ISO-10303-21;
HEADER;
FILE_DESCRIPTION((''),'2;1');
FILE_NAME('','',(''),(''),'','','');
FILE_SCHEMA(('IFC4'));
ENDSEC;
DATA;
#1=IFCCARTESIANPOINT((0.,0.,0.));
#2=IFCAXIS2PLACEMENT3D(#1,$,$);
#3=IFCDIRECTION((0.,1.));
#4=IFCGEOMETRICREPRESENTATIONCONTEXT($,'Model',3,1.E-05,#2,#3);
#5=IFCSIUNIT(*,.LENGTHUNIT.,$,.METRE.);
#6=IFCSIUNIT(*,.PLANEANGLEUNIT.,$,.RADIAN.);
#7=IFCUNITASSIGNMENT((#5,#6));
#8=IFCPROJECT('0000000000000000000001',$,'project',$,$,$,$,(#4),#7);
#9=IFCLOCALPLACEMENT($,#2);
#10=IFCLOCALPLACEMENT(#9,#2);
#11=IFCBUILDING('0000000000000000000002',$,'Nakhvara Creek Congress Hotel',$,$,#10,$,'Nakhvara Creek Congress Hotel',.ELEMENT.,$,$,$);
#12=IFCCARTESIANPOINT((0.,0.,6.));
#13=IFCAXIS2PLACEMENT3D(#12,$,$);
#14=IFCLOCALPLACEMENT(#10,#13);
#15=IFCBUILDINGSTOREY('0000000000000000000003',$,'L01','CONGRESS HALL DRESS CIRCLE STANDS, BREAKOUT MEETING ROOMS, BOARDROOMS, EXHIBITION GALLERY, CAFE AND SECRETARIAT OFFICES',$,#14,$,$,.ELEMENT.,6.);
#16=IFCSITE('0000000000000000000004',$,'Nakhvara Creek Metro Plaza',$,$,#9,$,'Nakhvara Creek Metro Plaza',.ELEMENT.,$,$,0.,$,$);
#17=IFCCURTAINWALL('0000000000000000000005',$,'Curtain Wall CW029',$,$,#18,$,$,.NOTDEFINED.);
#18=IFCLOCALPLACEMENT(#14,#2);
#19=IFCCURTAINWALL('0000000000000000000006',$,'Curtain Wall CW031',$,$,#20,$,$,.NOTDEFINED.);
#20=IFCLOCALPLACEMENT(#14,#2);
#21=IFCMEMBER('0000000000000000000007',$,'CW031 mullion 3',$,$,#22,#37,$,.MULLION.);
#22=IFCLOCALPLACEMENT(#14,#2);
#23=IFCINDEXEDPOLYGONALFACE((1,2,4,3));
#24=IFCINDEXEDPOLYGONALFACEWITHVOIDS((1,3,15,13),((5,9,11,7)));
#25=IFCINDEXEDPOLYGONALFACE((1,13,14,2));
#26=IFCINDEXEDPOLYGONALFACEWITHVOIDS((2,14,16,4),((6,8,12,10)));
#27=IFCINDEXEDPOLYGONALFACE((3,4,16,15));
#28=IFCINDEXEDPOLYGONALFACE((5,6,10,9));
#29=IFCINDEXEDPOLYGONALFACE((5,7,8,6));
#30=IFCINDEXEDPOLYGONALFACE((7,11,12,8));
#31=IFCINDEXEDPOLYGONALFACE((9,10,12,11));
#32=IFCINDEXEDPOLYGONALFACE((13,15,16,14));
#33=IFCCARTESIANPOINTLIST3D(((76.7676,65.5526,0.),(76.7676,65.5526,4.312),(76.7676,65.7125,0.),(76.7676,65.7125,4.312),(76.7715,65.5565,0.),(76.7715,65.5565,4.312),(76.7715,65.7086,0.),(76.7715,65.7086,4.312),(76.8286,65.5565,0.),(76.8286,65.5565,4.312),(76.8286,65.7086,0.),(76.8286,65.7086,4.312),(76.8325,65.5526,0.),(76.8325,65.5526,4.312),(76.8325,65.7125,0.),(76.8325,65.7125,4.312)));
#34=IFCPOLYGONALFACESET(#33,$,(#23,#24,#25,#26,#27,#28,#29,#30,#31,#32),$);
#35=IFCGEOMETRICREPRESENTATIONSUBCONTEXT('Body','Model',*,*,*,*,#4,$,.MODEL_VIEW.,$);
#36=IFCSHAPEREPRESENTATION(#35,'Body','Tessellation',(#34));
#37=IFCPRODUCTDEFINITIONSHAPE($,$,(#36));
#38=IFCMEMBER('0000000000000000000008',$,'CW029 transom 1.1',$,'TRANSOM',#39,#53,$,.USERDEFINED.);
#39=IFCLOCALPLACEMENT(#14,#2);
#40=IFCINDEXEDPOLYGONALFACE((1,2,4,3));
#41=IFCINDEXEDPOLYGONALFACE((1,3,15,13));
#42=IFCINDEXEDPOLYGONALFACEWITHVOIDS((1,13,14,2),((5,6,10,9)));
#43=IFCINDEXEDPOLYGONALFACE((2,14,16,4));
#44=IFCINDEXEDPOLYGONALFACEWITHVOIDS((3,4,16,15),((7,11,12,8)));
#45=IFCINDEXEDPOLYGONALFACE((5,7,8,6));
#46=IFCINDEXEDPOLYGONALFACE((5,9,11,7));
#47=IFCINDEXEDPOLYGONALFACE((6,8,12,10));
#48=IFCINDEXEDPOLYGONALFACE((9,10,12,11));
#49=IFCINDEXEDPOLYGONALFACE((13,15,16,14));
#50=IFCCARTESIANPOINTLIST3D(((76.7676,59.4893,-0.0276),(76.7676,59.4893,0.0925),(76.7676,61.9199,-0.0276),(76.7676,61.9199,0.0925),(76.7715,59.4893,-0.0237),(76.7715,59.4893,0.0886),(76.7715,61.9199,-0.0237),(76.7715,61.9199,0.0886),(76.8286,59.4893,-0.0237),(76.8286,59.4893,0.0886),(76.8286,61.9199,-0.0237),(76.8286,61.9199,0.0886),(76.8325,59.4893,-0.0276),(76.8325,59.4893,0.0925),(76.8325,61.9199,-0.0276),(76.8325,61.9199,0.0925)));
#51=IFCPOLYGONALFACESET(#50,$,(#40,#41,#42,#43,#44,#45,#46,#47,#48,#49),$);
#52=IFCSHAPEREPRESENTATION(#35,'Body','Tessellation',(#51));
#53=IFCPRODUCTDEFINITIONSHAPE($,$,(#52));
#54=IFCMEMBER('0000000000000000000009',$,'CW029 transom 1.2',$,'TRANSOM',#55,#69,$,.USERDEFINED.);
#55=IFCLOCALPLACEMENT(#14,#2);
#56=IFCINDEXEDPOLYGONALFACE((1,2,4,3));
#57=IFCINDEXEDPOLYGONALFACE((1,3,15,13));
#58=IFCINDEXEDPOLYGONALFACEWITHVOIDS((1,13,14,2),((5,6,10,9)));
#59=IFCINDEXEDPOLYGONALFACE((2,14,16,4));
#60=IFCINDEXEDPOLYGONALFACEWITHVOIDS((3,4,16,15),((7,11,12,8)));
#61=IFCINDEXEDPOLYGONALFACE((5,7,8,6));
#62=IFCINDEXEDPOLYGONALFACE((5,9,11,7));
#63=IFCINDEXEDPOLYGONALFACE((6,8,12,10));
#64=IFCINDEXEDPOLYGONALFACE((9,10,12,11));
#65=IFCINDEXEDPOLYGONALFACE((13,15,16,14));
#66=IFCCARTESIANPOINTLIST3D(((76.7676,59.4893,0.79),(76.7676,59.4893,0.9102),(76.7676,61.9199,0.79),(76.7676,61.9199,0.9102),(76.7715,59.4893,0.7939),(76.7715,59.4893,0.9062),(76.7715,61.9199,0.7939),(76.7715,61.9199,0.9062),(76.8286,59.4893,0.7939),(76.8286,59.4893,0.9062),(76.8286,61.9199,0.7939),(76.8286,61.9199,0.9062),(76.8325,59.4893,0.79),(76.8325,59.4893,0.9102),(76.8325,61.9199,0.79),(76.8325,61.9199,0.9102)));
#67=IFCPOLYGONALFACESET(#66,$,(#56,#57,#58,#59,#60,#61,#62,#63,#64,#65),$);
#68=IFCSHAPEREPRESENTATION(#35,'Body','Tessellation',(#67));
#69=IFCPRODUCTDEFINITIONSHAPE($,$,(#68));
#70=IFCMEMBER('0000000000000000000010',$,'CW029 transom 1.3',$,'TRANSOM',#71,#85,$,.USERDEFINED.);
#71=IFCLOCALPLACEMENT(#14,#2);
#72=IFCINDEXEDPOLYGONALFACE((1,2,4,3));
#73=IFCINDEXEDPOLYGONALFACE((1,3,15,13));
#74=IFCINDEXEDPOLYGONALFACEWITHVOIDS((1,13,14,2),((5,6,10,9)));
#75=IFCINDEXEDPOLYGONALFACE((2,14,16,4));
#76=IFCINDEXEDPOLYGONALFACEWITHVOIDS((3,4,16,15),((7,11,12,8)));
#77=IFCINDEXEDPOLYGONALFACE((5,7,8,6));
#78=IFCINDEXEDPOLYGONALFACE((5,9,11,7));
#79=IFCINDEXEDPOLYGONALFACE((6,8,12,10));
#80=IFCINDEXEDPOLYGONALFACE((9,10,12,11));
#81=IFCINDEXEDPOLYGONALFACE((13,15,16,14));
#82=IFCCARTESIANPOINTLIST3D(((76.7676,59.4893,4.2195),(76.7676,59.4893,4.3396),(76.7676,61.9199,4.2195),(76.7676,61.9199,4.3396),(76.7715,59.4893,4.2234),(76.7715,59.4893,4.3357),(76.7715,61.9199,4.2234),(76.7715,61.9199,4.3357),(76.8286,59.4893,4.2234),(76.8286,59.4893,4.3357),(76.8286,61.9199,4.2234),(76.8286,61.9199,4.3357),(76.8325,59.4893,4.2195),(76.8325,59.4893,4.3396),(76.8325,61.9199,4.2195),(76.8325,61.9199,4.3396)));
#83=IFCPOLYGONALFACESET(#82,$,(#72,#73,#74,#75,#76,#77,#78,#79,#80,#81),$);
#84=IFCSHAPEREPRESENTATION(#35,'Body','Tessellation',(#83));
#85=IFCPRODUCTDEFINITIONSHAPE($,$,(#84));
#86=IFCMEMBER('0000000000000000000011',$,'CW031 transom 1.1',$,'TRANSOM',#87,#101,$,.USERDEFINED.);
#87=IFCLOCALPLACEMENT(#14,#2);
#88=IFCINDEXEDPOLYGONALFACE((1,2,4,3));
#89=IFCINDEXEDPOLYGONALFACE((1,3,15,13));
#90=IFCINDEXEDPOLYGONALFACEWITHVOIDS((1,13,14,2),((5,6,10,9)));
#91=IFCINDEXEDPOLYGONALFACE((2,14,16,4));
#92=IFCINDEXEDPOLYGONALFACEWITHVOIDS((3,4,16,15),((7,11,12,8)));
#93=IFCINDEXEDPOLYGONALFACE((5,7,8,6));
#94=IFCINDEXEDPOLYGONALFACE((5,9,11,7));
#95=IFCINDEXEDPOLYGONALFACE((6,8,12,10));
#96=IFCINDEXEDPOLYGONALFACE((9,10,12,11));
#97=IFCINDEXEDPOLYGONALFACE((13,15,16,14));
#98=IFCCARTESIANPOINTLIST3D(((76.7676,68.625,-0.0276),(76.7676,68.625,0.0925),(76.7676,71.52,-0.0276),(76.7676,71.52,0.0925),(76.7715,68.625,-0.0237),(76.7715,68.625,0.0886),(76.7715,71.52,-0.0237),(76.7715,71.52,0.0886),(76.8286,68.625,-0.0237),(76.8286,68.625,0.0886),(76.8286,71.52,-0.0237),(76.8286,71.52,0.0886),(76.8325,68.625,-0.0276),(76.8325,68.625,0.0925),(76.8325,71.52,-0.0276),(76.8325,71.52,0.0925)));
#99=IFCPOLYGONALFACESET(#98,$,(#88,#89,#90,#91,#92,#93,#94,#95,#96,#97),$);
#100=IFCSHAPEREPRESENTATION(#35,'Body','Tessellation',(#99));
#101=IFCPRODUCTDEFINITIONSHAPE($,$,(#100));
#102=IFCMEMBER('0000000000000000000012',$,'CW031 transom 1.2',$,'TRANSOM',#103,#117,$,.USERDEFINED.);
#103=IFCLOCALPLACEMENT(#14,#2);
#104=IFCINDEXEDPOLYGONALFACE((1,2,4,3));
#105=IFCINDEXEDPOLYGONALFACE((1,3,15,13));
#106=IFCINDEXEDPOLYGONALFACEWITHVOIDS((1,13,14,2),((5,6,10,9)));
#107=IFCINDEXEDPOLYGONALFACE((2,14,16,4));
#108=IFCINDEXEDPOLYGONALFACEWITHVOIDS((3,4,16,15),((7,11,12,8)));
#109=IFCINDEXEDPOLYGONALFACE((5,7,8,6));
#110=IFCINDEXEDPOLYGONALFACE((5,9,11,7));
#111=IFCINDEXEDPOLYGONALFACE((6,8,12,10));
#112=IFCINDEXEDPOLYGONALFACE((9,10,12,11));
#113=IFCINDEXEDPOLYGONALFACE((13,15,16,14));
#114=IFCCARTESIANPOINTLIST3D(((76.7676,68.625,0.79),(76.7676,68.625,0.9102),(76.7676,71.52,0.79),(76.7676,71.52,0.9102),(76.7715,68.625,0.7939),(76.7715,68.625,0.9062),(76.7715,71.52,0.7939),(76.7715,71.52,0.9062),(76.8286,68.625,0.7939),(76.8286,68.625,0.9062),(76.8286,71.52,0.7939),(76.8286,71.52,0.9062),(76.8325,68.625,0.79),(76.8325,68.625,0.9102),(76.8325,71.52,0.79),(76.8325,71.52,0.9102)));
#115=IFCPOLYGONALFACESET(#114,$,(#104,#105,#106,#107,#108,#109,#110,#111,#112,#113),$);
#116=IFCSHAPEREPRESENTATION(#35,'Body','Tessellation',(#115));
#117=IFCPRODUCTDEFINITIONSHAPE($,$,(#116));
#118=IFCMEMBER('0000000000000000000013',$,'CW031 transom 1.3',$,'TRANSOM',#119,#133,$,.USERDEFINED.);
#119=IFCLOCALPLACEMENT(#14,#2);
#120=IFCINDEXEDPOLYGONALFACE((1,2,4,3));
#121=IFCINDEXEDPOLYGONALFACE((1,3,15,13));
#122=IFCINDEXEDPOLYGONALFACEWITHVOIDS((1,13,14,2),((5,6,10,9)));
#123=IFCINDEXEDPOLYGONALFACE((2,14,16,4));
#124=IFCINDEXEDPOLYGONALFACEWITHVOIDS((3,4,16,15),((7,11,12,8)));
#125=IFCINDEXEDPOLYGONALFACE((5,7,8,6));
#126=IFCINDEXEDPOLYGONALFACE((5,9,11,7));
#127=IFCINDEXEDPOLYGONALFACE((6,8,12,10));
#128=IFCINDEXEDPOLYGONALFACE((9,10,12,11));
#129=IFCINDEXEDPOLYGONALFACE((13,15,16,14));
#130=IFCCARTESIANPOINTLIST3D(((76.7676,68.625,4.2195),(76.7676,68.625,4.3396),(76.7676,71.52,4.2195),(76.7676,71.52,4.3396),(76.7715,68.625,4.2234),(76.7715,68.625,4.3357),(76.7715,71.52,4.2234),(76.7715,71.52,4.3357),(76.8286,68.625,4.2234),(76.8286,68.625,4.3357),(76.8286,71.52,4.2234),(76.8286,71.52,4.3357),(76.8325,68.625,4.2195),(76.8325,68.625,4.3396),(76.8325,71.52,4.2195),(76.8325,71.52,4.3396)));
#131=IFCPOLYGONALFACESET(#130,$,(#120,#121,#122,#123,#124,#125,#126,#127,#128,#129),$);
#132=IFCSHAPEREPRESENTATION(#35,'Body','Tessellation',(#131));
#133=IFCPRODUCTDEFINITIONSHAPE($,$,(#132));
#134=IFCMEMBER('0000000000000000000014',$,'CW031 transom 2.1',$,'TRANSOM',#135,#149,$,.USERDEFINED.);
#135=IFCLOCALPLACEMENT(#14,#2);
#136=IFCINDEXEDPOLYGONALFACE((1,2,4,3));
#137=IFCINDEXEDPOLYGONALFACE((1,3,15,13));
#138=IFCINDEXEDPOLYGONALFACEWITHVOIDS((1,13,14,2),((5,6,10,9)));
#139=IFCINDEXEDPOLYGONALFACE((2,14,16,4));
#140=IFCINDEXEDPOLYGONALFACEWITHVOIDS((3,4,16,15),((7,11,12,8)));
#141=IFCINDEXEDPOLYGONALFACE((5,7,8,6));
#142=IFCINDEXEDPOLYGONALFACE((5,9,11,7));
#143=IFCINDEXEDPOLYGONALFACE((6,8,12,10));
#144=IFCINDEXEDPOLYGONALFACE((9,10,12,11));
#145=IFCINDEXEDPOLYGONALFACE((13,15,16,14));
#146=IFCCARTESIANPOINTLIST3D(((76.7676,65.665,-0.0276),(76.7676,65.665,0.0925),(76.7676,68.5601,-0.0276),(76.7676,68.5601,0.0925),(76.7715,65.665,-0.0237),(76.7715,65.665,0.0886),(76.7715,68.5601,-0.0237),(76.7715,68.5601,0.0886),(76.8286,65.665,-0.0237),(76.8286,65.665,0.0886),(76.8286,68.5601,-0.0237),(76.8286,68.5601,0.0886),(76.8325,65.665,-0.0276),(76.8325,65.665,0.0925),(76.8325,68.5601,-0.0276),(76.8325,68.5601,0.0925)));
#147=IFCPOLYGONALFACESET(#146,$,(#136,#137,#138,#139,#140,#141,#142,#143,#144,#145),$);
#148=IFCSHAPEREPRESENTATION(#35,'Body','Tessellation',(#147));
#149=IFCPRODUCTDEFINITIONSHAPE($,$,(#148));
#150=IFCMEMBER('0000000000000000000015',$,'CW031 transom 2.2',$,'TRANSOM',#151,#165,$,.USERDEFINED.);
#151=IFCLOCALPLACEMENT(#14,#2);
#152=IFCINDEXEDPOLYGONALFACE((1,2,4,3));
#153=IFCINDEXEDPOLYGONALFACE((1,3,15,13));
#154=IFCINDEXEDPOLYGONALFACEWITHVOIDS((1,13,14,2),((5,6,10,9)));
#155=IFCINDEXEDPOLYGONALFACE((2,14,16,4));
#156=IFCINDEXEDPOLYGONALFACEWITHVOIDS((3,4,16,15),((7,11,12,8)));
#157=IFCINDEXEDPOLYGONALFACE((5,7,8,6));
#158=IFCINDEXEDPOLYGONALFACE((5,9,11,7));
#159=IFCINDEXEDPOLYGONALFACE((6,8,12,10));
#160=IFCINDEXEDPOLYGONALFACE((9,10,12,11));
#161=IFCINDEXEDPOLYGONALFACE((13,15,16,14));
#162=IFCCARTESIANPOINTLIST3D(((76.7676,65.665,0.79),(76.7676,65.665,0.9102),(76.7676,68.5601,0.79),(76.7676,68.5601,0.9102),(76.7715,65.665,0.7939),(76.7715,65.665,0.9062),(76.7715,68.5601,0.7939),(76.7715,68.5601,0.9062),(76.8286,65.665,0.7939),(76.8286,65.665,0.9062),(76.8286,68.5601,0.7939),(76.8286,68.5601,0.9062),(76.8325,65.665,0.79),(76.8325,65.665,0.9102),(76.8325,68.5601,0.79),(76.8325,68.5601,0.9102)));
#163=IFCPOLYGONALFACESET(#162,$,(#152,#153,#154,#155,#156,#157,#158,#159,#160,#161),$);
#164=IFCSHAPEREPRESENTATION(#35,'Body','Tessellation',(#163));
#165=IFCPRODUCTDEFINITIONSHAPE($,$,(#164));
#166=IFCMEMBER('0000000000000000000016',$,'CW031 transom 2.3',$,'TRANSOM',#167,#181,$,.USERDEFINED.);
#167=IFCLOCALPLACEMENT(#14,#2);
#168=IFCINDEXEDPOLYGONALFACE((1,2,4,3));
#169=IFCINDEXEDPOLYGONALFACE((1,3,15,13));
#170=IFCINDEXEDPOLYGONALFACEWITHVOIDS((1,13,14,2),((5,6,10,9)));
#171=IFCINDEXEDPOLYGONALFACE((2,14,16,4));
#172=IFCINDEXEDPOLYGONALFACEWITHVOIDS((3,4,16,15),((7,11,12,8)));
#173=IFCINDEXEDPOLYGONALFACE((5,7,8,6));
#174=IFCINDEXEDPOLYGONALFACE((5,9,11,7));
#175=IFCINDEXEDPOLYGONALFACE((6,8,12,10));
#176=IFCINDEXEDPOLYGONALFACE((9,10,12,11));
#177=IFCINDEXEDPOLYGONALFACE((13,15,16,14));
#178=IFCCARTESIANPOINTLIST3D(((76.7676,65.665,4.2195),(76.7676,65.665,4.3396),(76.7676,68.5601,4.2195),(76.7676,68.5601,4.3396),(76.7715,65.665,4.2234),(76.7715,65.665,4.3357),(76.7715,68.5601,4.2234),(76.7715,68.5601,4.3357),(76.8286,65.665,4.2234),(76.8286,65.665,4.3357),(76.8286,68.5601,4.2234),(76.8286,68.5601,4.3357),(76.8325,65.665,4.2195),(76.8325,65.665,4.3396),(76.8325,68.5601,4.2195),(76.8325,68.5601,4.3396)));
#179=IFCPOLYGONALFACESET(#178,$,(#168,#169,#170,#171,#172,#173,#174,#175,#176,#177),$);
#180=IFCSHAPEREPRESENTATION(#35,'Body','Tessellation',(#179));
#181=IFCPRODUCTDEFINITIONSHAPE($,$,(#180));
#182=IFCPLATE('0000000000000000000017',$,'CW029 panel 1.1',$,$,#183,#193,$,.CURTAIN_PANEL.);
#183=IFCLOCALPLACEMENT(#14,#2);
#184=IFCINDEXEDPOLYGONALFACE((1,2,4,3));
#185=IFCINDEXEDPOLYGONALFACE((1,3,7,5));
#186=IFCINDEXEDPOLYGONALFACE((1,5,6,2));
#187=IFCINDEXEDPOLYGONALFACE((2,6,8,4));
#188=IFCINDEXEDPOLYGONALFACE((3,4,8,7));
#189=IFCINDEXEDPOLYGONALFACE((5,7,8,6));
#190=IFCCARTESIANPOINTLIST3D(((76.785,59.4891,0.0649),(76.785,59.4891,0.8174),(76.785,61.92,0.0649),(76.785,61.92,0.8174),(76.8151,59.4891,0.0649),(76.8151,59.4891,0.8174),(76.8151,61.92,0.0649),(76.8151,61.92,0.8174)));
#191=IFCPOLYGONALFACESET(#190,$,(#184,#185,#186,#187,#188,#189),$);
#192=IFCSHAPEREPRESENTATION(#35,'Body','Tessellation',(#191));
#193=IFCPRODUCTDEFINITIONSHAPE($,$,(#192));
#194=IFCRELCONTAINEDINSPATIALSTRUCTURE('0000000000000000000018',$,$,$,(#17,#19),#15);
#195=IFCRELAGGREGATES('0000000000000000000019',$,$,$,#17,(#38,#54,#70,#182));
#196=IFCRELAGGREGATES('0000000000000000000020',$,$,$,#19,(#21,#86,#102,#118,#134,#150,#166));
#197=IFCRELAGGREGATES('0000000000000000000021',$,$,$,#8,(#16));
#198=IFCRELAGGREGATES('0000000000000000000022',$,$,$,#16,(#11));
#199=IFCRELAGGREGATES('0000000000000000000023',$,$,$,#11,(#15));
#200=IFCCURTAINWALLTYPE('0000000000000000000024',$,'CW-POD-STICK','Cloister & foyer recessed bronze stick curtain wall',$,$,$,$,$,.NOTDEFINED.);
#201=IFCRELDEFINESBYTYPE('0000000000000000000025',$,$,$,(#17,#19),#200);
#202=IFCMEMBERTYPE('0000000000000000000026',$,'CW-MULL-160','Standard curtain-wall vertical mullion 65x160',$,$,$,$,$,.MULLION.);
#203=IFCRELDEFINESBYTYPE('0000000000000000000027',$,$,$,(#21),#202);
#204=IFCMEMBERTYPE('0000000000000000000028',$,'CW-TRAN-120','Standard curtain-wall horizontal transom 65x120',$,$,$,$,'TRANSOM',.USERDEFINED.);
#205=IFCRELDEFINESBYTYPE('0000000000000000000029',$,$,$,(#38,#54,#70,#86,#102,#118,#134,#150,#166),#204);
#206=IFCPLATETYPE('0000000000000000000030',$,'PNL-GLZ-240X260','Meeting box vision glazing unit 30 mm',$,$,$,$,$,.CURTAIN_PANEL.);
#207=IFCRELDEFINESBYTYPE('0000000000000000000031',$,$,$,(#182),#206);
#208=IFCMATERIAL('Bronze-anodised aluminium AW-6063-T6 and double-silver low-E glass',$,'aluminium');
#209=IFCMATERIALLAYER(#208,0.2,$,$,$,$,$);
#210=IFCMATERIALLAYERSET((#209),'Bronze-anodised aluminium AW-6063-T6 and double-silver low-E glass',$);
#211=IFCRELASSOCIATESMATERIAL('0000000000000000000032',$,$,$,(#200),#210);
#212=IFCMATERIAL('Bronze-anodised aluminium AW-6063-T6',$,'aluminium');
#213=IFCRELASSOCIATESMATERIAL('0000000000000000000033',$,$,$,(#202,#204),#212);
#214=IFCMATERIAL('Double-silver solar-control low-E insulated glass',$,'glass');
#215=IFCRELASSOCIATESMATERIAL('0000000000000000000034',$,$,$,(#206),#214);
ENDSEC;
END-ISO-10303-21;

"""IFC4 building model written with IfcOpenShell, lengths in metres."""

from ifc_helpers import new_model, si_unit, direction, frame, origin, origin_2d, place, context, subcontext, project, spatial, rectangle, hollow_rectangle, extrude, material, layer, layer_set, material_profile, profile_set, type_object, element, aggregate, save


model = new_model("IFC4")

# Units and contexts
model_context = context("Model", 3, precision=1e-05, world=origin(), true_north=direction((0.0, 1.0)))
body_context = subcontext(model_context, "Body", "Model", "MODEL_VIEW")
ifc_project = project(units=[si_unit("LENGTHUNIT", "METRE"), si_unit("PLANEANGLEUNIT", "RADIAN")], contexts=[model_context])

# Site, building, storey
site_placement = place(None, origin())
site = spatial("IfcSite", under=ifc_project, at=site_placement, Name="Nakhvara Creek Metro Plaza", LongName="Nakhvara Creek Metro Plaza", CompositionType="ELEMENT", RefElevation=0.0)
building_placement = place(site_placement, origin())
building = spatial("IfcBuilding", under=site, at=building_placement, Name="Nakhvara Creek Congress Hotel", LongName="Nakhvara Creek Congress Hotel", CompositionType="ELEMENT")
storey_placement = place(building_placement, frame((0.0, 0.0, 6.0)))
storey = spatial("IfcBuildingStorey", under=building, at=storey_placement, Name="L01", Description="CONGRESS HALL DRESS CIRCLE STANDS, BREAKOUT MEETING ROOMS, BOARDROOMS, EXHIBITION GALLERY, CAFE AND SECRETARIAT OFFICES", CompositionType="ELEMENT", Elevation=6.0)

# Curtain walls, member
ifc_material_1 = material(Name="Bronze-anodised aluminium AW-6063-T6 and double-silver low-E glass", Category="aluminium")
ifc_layer = layer(ifc_material_1, 0.2)
ifc_layer_set = layer_set([ifc_layer], Name="Bronze-anodised aluminium AW-6063-T6 and double-silver low-E glass")
curtain_wall_type = type_object("IfcCurtainWallType", Name="CW-POD-STICK", Description="Cloister & foyer recessed bronze stick curtain wall", PredefinedType="NOTDEFINED", material=ifc_layer_set)
curtain_wall_1_placement = place(storey_placement, origin())
curtain_wall_1 = element("IfcCurtainWall", 1, at=curtain_wall_1_placement, inside=storey, type_object=curtain_wall_type, Name="Curtain Wall CW029", PredefinedType="NOTDEFINED")
ifc_material_2 = material(Name="Bronze-anodised aluminium AW-6063-T6", Category="aluminium")
ifc_material_profile_1 = material_profile(ifc_material_2, hollow_rectangle(XDim=0.0649, YDim=0.1599, WallThickness=0.0039, at=origin_2d()), Name="ALU-MULL 65x160x4", Category="LoadBearing")
ifc_profile_set_1 = profile_set([ifc_material_profile_1], Name="Bronze-anodised aluminium AW-6063-T6")
member_type_1 = type_object("IfcMemberType", Name="CW-MULL-160", Description="Standard curtain-wall vertical mullion 65x160", PredefinedType="MULLION", material=ifc_profile_set_1)
curtain_wall_2_placement = place(storey_placement, origin())
curtain_wall_2 = element("IfcCurtainWall", 2, at=curtain_wall_2_placement, inside=storey, type_object=curtain_wall_type, Name="Curtain Wall CW031", PredefinedType="NOTDEFINED")
member_1_placement = place(storey_placement, frame((76.8, 65.6326, 0.0), z_axis=(0.0, 0.0, 1.0), x_axis=(1.0, 0.0, 0.0)))
member_1 = element("IfcMember", 3, at=member_1_placement, type_object=member_type_1, Name="CW031 mullion 3", PredefinedType="MULLION", context=body_context, shape_type="SweptSolid", body=[
    extrude(hollow_rectangle(XDim=0.0649, YDim=0.1599, WallThickness=0.0039, at=origin_2d()), origin(), (0.0, 0.0, 1.0), 4.312),
])

# Members
ifc_material_profile_2 = material_profile(ifc_material_2, hollow_rectangle(XDim=0.0649, YDim=0.1201, WallThickness=0.0039, at=origin_2d()), Name="ALU-TRAN 65x120x4", Category="LoadBearing")
ifc_profile_set_2 = profile_set([ifc_material_profile_2], Name="Bronze-anodised aluminium AW-6063-T6")
member_type_2 = type_object("IfcMemberType", Name="CW-TRAN-120", Description="Standard curtain-wall horizontal transom 65x120", ElementType="TRANSOM", PredefinedType="USERDEFINED", material=ifc_profile_set_2)
member_2_placement = place(storey_placement, frame((76.8, 61.9199, 0.0325), z_axis=(0.0, -1.0, 0.0), x_axis=(1.0, 0.0, 0.0)))
member_2 = element("IfcMember", 4, at=member_2_placement, type_object=member_type_2, Name="CW029 transom 1.1", ObjectType="TRANSOM", PredefinedType="USERDEFINED", context=body_context, shape_type="SweptSolid", body=[
    extrude(hollow_rectangle(XDim=0.0649, YDim=0.1201, WallThickness=0.0039, at=origin_2d()), origin(), (0.0, 0.0, 1.0), 2.4307),
])
member_3_placement = place(storey_placement, frame((76.8, 61.9199, 0.8501), z_axis=(0.0, -1.0, 0.0), x_axis=(1.0, 0.0, 0.0)))
member_3 = element("IfcMember", 5, at=member_3_placement, type_object=member_type_2, Name="CW029 transom 1.2", ObjectType="TRANSOM", PredefinedType="USERDEFINED", context=body_context, shape_type="SweptSolid", body=[
    extrude(hollow_rectangle(XDim=0.0649, YDim=0.1201, WallThickness=0.0039, at=origin_2d()), origin(), (0.0, 0.0, 1.0), 2.4307),
])
member_4_placement = place(storey_placement, frame((76.8, 61.9199, 4.2795), z_axis=(0.0, -1.0, 0.0), x_axis=(1.0, 0.0, 0.0)))
member_4 = element("IfcMember", 6, at=member_4_placement, type_object=member_type_2, Name="CW029 transom 1.3", ObjectType="TRANSOM", PredefinedType="USERDEFINED", context=body_context, shape_type="SweptSolid", body=[
    extrude(hollow_rectangle(XDim=0.0649, YDim=0.1201, WallThickness=0.0039, at=origin_2d()), origin(), (0.0, 0.0, 1.0), 2.4307),
])
member_5_placement = place(storey_placement, frame((76.8, 71.52, 0.0325), z_axis=(0.0, -1.0, 0.0), x_axis=(1.0, 0.0, 0.0)))
member_5 = element("IfcMember", 7, at=member_5_placement, type_object=member_type_2, Name="CW031 transom 1.1", ObjectType="TRANSOM", PredefinedType="USERDEFINED", context=body_context, shape_type="SweptSolid", body=[
    extrude(hollow_rectangle(XDim=0.0649, YDim=0.1201, WallThickness=0.0039, at=origin_2d()), origin(), (0.0, 0.0, 1.0), 2.895),
])
member_6_placement = place(storey_placement, frame((76.8, 71.52, 0.8501), z_axis=(0.0, -1.0, 0.0), x_axis=(1.0, 0.0, 0.0)))
member_6 = element("IfcMember", 8, at=member_6_placement, type_object=member_type_2, Name="CW031 transom 1.2", ObjectType="TRANSOM", PredefinedType="USERDEFINED", context=body_context, shape_type="SweptSolid", body=[
    extrude(hollow_rectangle(XDim=0.0649, YDim=0.1201, WallThickness=0.0039, at=origin_2d()), origin(), (0.0, 0.0, 1.0), 2.895),
])
member_7_placement = place(storey_placement, frame((76.8, 71.52, 4.2795), z_axis=(0.0, -1.0, 0.0), x_axis=(1.0, 0.0, 0.0)))
member_7 = element("IfcMember", 9, at=member_7_placement, type_object=member_type_2, Name="CW031 transom 1.3", ObjectType="TRANSOM", PredefinedType="USERDEFINED", context=body_context, shape_type="SweptSolid", body=[
    extrude(hollow_rectangle(XDim=0.0649, YDim=0.1201, WallThickness=0.0039, at=origin_2d()), origin(), (0.0, 0.0, 1.0), 2.895),
])
member_8_placement = place(storey_placement, frame((76.8, 68.5601, 0.0325), z_axis=(0.0, -1.0, 0.0), x_axis=(1.0, 0.0, 0.0)))
member_8 = element("IfcMember", 10, at=member_8_placement, type_object=member_type_2, Name="CW031 transom 2.1", ObjectType="TRANSOM", PredefinedType="USERDEFINED", context=body_context, shape_type="SweptSolid", body=[
    extrude(hollow_rectangle(XDim=0.0649, YDim=0.1201, WallThickness=0.0039, at=origin_2d()), origin(), (0.0, 0.0, 1.0), 2.895),
])
member_9_placement = place(storey_placement, frame((76.8, 68.5601, 0.8501), z_axis=(0.0, -1.0, 0.0), x_axis=(1.0, 0.0, 0.0)))
member_9 = element("IfcMember", 11, at=member_9_placement, type_object=member_type_2, Name="CW031 transom 2.2", ObjectType="TRANSOM", PredefinedType="USERDEFINED", context=body_context, shape_type="SweptSolid", body=[
    extrude(hollow_rectangle(XDim=0.0649, YDim=0.1201, WallThickness=0.0039, at=origin_2d()), origin(), (0.0, 0.0, 1.0), 2.895),
])
member_10_placement = place(storey_placement, frame((76.8, 68.5601, 4.2795), z_axis=(0.0, -1.0, 0.0), x_axis=(1.0, 0.0, 0.0)))
member_10 = element("IfcMember", 12, at=member_10_placement, type_object=member_type_2, Name="CW031 transom 2.3", ObjectType="TRANSOM", PredefinedType="USERDEFINED", context=body_context, shape_type="SweptSolid", body=[
    extrude(hollow_rectangle(XDim=0.0649, YDim=0.1201, WallThickness=0.0039, at=origin_2d()), origin(), (0.0, 0.0, 1.0), 2.895),
])

# Plate
ifc_material_3 = material(Name="Double-silver solar-control low-E insulated glass", Category="glass")
plate_type = type_object("IfcPlateType", Name="PNL-GLZ-240X260", Description="Meeting box vision glazing unit 30 mm", PredefinedType="CURTAIN_PANEL", material=ifc_material_3)
plate_1_placement = place(storey_placement, frame((76.8, 60.7046, 0.0649), z_axis=(0.0, 0.0, 1.0), x_axis=(0.0, -1.0, 0.0)))
plate_1 = element("IfcPlate", 13, at=plate_1_placement, type_object=plate_type, Name="CW029 panel 1.1", PredefinedType="CURTAIN_PANEL", context=body_context, shape_type="SweptSolid", body=[
    extrude(rectangle(XDim=2.4309, YDim=0.03, at=origin_2d()), origin(), (0.0, 0.0, 1.0), 0.7524),
])
aggregate(curtain_wall_1, [member_2, member_3, member_4, plate_1])
aggregate(curtain_wall_2, [member_1, member_5, member_6, member_7, member_8, member_9, member_10])

save(model, "model.ifc")
